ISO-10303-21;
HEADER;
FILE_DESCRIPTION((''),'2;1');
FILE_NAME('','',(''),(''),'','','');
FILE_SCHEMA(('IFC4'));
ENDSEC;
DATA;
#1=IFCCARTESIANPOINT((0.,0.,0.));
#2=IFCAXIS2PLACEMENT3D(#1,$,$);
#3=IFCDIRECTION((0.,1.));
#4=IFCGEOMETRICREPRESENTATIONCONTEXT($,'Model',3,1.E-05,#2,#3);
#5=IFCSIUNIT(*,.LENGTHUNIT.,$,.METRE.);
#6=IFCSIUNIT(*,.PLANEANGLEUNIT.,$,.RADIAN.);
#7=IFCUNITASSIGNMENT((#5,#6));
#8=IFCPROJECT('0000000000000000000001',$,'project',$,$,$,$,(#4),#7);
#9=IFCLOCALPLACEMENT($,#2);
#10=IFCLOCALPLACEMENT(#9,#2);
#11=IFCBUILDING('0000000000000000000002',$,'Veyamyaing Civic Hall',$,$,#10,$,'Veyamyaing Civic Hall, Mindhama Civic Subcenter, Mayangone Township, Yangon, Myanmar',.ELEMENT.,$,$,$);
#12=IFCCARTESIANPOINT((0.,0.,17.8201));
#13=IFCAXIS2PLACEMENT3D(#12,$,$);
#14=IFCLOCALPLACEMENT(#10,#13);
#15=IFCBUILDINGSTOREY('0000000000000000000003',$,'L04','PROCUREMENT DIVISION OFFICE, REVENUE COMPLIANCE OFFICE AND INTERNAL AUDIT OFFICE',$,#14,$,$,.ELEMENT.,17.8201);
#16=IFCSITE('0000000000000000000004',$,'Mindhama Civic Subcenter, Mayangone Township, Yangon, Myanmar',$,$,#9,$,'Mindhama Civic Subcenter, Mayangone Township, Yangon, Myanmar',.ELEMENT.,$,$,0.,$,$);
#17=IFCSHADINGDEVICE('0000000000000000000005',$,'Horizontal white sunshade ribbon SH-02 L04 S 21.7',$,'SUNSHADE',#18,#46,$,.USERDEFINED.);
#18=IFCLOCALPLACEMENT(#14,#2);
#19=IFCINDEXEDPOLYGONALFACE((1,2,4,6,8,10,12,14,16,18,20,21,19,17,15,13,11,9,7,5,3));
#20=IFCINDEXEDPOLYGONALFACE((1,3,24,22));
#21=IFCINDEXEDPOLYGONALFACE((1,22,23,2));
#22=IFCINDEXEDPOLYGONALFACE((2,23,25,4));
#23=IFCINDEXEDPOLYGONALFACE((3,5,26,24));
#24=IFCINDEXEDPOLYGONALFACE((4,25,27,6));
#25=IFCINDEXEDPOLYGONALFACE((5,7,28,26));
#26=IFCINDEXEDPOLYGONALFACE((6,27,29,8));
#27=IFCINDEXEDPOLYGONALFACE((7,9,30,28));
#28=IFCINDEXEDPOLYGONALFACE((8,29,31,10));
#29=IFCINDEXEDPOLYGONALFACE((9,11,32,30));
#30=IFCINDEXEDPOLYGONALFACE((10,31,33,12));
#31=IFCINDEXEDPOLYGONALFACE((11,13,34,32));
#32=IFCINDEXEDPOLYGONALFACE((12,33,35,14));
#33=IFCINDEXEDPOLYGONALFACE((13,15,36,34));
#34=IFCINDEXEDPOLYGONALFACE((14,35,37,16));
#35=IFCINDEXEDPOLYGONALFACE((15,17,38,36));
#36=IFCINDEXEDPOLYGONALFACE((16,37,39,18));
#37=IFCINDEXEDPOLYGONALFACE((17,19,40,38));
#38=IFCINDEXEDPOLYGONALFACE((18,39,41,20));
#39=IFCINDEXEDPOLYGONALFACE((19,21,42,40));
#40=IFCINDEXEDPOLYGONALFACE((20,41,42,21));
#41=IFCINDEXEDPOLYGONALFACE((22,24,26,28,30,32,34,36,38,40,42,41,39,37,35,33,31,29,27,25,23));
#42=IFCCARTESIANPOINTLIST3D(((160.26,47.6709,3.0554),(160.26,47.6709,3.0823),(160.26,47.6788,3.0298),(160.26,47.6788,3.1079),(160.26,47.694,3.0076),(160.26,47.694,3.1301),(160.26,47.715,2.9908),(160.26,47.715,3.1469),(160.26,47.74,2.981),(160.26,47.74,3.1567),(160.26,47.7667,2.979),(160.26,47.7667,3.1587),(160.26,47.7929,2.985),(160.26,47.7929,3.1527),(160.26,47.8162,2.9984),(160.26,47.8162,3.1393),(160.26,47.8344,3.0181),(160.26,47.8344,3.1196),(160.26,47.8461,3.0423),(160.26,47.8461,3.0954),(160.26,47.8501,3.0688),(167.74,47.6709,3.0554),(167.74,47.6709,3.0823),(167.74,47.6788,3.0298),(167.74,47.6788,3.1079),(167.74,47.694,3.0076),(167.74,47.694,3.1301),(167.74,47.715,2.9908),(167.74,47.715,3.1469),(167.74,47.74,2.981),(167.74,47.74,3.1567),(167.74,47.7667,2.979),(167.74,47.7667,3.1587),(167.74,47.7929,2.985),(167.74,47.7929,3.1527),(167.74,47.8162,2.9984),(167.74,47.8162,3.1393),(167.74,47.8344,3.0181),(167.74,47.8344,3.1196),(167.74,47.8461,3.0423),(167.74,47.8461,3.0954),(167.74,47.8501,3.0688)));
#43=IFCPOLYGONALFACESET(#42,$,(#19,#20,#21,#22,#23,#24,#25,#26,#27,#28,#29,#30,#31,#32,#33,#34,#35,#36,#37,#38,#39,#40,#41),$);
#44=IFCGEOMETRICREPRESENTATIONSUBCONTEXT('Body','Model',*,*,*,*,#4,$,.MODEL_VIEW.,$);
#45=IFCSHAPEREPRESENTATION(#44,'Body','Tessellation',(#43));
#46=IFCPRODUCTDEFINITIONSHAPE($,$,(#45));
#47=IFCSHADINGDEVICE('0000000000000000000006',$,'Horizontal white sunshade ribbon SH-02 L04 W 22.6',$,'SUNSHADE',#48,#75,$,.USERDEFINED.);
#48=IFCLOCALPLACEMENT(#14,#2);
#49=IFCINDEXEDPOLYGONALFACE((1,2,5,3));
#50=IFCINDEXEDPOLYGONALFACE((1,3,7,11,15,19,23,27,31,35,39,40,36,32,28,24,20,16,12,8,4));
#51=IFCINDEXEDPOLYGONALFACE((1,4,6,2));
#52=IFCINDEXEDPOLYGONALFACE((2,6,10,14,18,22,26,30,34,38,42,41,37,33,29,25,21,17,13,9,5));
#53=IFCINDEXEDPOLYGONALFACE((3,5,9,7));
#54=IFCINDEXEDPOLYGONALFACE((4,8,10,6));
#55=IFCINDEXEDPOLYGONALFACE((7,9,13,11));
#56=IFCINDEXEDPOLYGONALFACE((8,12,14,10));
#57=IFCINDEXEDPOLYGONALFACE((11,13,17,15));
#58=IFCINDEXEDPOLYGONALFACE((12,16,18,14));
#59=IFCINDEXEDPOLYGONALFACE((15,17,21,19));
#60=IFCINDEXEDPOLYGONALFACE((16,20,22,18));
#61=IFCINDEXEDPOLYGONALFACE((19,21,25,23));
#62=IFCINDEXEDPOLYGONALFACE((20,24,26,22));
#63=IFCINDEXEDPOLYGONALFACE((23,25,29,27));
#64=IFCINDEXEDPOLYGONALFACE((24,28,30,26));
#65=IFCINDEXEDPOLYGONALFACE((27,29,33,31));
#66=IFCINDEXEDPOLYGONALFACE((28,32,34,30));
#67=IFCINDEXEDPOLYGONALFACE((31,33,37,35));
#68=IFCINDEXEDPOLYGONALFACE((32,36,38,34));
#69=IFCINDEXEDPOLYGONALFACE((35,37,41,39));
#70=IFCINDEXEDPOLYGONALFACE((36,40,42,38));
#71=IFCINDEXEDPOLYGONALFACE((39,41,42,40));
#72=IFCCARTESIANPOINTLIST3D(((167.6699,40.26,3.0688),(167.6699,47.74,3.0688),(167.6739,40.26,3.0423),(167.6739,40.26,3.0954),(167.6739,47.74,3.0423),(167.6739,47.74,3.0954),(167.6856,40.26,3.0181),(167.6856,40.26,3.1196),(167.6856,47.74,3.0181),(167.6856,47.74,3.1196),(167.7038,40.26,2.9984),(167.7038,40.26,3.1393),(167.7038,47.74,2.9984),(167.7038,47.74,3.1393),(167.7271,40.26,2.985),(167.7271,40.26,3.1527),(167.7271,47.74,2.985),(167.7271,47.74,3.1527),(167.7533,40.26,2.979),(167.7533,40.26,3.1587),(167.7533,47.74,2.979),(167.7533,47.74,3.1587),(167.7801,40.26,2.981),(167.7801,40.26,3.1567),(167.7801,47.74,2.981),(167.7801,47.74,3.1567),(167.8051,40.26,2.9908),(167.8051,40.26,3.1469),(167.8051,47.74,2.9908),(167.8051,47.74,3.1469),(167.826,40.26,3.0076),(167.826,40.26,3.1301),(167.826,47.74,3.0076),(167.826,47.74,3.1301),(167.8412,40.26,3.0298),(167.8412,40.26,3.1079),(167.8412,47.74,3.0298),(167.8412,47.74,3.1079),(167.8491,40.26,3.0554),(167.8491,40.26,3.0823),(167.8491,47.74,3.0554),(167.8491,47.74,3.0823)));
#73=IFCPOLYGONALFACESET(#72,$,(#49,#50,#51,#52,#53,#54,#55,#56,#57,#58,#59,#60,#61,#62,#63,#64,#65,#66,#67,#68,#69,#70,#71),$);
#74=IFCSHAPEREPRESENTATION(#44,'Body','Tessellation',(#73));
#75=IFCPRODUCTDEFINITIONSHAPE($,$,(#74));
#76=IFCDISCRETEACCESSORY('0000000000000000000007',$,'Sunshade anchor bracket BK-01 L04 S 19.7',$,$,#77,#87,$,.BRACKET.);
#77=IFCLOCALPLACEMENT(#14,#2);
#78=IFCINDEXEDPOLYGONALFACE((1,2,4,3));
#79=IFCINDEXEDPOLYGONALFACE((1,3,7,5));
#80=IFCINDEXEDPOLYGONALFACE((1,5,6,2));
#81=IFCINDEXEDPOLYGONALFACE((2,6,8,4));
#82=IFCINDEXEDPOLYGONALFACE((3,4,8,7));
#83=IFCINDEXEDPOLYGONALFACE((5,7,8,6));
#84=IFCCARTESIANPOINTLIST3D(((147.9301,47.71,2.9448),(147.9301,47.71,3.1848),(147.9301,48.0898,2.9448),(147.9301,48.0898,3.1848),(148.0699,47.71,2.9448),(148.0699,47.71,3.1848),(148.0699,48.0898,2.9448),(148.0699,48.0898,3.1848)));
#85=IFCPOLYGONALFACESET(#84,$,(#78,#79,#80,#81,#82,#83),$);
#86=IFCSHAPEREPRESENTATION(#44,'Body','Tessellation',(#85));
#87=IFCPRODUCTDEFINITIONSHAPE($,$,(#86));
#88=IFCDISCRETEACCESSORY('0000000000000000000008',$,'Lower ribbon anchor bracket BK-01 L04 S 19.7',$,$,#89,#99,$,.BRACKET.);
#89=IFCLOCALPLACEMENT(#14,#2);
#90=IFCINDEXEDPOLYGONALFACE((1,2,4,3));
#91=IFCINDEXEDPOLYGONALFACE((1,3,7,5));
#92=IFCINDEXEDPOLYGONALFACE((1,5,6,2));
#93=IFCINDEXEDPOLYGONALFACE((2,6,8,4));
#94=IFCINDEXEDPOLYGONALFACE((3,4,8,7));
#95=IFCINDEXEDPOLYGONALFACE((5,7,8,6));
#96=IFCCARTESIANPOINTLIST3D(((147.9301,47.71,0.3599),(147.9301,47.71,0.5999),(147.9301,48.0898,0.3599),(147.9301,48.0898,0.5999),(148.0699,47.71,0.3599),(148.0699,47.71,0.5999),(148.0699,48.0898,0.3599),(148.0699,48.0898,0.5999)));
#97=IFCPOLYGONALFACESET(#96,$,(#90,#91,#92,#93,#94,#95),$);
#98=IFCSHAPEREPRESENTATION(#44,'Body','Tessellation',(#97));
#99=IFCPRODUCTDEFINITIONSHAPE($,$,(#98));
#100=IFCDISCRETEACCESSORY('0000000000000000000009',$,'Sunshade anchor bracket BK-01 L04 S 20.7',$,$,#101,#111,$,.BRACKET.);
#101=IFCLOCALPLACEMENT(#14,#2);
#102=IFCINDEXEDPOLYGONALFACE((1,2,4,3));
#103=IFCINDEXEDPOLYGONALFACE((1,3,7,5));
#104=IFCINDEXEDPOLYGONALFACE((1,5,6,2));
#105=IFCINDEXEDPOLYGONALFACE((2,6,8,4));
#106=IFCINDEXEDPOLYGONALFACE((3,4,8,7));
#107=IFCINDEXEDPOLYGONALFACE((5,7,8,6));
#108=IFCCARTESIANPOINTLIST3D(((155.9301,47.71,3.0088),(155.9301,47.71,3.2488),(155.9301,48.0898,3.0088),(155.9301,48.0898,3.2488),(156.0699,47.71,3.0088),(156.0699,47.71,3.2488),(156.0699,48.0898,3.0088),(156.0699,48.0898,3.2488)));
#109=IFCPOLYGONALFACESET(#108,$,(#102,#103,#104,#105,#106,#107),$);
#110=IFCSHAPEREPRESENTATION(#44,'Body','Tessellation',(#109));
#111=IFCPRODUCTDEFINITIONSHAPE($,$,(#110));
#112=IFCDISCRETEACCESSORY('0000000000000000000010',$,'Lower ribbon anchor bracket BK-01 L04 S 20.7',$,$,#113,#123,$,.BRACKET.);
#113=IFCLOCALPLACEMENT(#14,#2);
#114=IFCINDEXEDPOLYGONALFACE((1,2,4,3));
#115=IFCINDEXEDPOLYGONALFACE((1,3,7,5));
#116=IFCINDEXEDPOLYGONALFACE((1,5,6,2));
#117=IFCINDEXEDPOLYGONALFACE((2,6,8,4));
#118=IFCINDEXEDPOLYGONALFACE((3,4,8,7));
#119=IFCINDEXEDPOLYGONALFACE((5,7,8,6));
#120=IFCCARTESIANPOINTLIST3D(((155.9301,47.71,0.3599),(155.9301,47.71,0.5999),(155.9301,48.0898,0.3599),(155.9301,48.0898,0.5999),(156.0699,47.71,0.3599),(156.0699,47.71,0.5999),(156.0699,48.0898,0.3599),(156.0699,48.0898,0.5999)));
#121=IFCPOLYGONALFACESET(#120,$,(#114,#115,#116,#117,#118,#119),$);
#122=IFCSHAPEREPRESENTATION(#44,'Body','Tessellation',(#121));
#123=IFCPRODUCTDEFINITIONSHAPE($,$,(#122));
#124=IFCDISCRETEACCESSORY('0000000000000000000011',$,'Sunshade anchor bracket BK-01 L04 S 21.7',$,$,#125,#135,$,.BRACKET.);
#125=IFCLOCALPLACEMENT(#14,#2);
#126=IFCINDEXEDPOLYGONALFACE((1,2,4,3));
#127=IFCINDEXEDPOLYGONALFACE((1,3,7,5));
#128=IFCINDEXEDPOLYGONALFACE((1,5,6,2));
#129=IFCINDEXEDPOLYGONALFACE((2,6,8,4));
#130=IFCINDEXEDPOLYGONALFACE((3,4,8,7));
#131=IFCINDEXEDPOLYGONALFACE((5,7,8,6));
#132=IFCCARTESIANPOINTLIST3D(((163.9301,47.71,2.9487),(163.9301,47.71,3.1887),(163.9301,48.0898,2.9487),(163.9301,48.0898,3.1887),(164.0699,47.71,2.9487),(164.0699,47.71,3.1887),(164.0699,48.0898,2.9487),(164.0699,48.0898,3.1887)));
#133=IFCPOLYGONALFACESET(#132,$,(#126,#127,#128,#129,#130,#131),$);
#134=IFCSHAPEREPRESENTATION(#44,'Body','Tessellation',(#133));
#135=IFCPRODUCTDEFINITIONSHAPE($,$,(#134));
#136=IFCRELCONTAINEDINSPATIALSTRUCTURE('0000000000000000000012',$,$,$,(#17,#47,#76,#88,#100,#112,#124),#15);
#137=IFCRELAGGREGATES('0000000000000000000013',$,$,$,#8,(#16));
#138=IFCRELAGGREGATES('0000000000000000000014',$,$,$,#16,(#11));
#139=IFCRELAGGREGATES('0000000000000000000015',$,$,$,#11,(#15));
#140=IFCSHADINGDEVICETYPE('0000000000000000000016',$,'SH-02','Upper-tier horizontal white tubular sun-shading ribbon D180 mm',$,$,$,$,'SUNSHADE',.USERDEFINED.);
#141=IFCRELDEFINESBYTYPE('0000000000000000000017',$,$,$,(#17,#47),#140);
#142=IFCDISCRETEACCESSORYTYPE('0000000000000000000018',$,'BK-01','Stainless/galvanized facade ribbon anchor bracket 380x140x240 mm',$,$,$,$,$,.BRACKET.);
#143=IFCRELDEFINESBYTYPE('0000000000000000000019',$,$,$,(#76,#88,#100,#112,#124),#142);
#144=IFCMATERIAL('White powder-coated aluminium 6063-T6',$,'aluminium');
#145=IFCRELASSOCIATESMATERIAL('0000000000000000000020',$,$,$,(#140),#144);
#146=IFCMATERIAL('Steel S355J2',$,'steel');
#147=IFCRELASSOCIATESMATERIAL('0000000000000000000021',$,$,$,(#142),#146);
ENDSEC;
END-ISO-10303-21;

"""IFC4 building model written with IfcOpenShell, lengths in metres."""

from ifc_helpers import new_model, si_unit, direction, frame, origin, origin_2d, place, context, subcontext, project, spatial, rectangle, circle, extrude, material, material_profile, profile_set, type_object, element, save


model = new_model("IFC4")

# Units and contexts
model_context = context("Model", 3, precision=1e-05, world=origin(), true_north=direction((0.0, 1.0)))
body_context = subcontext(model_context, "Body", "Model", "MODEL_VIEW")
ifc_project = project(units=[si_unit("LENGTHUNIT", "METRE"), si_unit("PLANEANGLEUNIT", "RADIAN")], contexts=[model_context])

# Site, building, storey
site_placement = place(None, origin())
site = spatial("IfcSite", under=ifc_project, at=site_placement, Name="Mindhama Civic Subcenter, Mayangone Township, Yangon, Myanmar", LongName="Mindhama Civic Subcenter, Mayangone Township, Yangon, Myanmar", CompositionType="ELEMENT", RefElevation=0.0)
building_placement = place(site_placement, origin())
building = spatial("IfcBuilding", under=site, at=building_placement, Name="Veyamyaing Civic Hall", LongName="Veyamyaing Civic Hall, Mindhama Civic Subcenter, Mayangone Township, Yangon, Myanmar", CompositionType="ELEMENT")
storey_placement = place(building_placement, frame((0.0, 0.0, 17.8201)))
storey = spatial("IfcBuildingStorey", under=building, at=storey_placement, Name="L04", Description="PROCUREMENT DIVISION OFFICE, REVENUE COMPLIANCE OFFICE AND INTERNAL AUDIT OFFICE", CompositionType="ELEMENT", Elevation=17.8201)

# Shared definitions
ifc_material_1 = material(Name="White powder-coated aluminium 6063-T6", Category="aluminium")

# Shared definitions
ifc_material_2 = material(Name="Steel S355J2", Category="steel")

# Shading devices
ifc_material_profile_1 = material_profile(ifc_material_1, circle(Radius=0.0901, at=origin_2d()), Name="SHADE-TUBE-180")
ifc_profile_set_1 = profile_set([ifc_material_profile_1], Name="White powder-coated aluminium 6063-T6")
shading_device_type = type_object("IfcShadingDeviceType", Name="SH-02", Description="Upper-tier horizontal white tubular sun-shading ribbon D180 mm", ElementType="SUNSHADE", PredefinedType="USERDEFINED", material=ifc_profile_set_1)
for number, where, z_axis, x_axis, name in (
    (1, (160.26, 47.76, 3.0688), (1.0, 0.0, 0.0), (0.0, 1.0, 0.0), "Horizontal white sunshade ribbon SH-02 L04 S 21.7"),
    (2, (167.76, 40.26, 3.0688), (0.0, 1.0, 0.0), (-1.0, 0.0, 0.0), "Horizontal white sunshade ribbon SH-02 L04 W 22.6"),
):
    element("IfcShadingDevice", number, at=place(storey_placement, frame(where, z_axis=z_axis, x_axis=x_axis)), inside=storey, type_object=shading_device_type, Name=name, ObjectType="SUNSHADE", PredefinedType="USERDEFINED", context=body_context, shape_type="SweptSolid", body=[
        extrude(circle(Radius=0.0901, at=origin_2d()), origin(), (0.0, 0.0, 1.0), 7.48),
    ])

# Discrete accessories
discrete_accessory_type = type_object("IfcDiscreteAccessoryType", Name="BK-01", Description="Stainless/galvanized facade ribbon anchor bracket 380x140x240 mm", PredefinedType="BRACKET", material=ifc_material_2)
for number, where, z_axis, x_axis, name in (
    (3, (148.0, 47.8999, 2.9448), (0.0, 0.0, 1.0), (0.0, -1.0, 0.0), "Sunshade anchor bracket BK-01 L04 S 19.7"),
    (4, (148.0, 47.8999, 0.3599), (0.0, 0.0, 1.0), (0.0, -1.0, 0.0), "Lower ribbon anchor bracket BK-01 L04 S 19.7"),
    (5, (156.0, 47.8999, 3.0088), (0.0, 0.0, 1.0), (0.0, -1.0, 0.0), "Sunshade anchor bracket BK-01 L04 S 20.7"),
    (6, (156.0, 47.8999, 0.3599), (0.0, 0.0, 1.0), (0.0, -1.0, 0.0), "Lower ribbon anchor bracket BK-01 L04 S 20.7"),
    (7, (164.0, 47.8999, 2.9487), (0.0, 0.0, 1.0), (0.0, -1.0, 0.0), "Sunshade anchor bracket BK-01 L04 S 21.7"),
):
    element("IfcDiscreteAccessory", number, at=place(storey_placement, frame(where, z_axis=z_axis, x_axis=x_axis)), inside=storey, type_object=discrete_accessory_type, Name=name, PredefinedType="BRACKET", context=body_context, shape_type="SweptSolid", body=[
        extrude(rectangle(XDim=0.3799, YDim=0.1399, at=origin_2d()), origin(), (0.0, 0.0, 1.0), 0.24),
    ])

save(model, "model.ifc")
